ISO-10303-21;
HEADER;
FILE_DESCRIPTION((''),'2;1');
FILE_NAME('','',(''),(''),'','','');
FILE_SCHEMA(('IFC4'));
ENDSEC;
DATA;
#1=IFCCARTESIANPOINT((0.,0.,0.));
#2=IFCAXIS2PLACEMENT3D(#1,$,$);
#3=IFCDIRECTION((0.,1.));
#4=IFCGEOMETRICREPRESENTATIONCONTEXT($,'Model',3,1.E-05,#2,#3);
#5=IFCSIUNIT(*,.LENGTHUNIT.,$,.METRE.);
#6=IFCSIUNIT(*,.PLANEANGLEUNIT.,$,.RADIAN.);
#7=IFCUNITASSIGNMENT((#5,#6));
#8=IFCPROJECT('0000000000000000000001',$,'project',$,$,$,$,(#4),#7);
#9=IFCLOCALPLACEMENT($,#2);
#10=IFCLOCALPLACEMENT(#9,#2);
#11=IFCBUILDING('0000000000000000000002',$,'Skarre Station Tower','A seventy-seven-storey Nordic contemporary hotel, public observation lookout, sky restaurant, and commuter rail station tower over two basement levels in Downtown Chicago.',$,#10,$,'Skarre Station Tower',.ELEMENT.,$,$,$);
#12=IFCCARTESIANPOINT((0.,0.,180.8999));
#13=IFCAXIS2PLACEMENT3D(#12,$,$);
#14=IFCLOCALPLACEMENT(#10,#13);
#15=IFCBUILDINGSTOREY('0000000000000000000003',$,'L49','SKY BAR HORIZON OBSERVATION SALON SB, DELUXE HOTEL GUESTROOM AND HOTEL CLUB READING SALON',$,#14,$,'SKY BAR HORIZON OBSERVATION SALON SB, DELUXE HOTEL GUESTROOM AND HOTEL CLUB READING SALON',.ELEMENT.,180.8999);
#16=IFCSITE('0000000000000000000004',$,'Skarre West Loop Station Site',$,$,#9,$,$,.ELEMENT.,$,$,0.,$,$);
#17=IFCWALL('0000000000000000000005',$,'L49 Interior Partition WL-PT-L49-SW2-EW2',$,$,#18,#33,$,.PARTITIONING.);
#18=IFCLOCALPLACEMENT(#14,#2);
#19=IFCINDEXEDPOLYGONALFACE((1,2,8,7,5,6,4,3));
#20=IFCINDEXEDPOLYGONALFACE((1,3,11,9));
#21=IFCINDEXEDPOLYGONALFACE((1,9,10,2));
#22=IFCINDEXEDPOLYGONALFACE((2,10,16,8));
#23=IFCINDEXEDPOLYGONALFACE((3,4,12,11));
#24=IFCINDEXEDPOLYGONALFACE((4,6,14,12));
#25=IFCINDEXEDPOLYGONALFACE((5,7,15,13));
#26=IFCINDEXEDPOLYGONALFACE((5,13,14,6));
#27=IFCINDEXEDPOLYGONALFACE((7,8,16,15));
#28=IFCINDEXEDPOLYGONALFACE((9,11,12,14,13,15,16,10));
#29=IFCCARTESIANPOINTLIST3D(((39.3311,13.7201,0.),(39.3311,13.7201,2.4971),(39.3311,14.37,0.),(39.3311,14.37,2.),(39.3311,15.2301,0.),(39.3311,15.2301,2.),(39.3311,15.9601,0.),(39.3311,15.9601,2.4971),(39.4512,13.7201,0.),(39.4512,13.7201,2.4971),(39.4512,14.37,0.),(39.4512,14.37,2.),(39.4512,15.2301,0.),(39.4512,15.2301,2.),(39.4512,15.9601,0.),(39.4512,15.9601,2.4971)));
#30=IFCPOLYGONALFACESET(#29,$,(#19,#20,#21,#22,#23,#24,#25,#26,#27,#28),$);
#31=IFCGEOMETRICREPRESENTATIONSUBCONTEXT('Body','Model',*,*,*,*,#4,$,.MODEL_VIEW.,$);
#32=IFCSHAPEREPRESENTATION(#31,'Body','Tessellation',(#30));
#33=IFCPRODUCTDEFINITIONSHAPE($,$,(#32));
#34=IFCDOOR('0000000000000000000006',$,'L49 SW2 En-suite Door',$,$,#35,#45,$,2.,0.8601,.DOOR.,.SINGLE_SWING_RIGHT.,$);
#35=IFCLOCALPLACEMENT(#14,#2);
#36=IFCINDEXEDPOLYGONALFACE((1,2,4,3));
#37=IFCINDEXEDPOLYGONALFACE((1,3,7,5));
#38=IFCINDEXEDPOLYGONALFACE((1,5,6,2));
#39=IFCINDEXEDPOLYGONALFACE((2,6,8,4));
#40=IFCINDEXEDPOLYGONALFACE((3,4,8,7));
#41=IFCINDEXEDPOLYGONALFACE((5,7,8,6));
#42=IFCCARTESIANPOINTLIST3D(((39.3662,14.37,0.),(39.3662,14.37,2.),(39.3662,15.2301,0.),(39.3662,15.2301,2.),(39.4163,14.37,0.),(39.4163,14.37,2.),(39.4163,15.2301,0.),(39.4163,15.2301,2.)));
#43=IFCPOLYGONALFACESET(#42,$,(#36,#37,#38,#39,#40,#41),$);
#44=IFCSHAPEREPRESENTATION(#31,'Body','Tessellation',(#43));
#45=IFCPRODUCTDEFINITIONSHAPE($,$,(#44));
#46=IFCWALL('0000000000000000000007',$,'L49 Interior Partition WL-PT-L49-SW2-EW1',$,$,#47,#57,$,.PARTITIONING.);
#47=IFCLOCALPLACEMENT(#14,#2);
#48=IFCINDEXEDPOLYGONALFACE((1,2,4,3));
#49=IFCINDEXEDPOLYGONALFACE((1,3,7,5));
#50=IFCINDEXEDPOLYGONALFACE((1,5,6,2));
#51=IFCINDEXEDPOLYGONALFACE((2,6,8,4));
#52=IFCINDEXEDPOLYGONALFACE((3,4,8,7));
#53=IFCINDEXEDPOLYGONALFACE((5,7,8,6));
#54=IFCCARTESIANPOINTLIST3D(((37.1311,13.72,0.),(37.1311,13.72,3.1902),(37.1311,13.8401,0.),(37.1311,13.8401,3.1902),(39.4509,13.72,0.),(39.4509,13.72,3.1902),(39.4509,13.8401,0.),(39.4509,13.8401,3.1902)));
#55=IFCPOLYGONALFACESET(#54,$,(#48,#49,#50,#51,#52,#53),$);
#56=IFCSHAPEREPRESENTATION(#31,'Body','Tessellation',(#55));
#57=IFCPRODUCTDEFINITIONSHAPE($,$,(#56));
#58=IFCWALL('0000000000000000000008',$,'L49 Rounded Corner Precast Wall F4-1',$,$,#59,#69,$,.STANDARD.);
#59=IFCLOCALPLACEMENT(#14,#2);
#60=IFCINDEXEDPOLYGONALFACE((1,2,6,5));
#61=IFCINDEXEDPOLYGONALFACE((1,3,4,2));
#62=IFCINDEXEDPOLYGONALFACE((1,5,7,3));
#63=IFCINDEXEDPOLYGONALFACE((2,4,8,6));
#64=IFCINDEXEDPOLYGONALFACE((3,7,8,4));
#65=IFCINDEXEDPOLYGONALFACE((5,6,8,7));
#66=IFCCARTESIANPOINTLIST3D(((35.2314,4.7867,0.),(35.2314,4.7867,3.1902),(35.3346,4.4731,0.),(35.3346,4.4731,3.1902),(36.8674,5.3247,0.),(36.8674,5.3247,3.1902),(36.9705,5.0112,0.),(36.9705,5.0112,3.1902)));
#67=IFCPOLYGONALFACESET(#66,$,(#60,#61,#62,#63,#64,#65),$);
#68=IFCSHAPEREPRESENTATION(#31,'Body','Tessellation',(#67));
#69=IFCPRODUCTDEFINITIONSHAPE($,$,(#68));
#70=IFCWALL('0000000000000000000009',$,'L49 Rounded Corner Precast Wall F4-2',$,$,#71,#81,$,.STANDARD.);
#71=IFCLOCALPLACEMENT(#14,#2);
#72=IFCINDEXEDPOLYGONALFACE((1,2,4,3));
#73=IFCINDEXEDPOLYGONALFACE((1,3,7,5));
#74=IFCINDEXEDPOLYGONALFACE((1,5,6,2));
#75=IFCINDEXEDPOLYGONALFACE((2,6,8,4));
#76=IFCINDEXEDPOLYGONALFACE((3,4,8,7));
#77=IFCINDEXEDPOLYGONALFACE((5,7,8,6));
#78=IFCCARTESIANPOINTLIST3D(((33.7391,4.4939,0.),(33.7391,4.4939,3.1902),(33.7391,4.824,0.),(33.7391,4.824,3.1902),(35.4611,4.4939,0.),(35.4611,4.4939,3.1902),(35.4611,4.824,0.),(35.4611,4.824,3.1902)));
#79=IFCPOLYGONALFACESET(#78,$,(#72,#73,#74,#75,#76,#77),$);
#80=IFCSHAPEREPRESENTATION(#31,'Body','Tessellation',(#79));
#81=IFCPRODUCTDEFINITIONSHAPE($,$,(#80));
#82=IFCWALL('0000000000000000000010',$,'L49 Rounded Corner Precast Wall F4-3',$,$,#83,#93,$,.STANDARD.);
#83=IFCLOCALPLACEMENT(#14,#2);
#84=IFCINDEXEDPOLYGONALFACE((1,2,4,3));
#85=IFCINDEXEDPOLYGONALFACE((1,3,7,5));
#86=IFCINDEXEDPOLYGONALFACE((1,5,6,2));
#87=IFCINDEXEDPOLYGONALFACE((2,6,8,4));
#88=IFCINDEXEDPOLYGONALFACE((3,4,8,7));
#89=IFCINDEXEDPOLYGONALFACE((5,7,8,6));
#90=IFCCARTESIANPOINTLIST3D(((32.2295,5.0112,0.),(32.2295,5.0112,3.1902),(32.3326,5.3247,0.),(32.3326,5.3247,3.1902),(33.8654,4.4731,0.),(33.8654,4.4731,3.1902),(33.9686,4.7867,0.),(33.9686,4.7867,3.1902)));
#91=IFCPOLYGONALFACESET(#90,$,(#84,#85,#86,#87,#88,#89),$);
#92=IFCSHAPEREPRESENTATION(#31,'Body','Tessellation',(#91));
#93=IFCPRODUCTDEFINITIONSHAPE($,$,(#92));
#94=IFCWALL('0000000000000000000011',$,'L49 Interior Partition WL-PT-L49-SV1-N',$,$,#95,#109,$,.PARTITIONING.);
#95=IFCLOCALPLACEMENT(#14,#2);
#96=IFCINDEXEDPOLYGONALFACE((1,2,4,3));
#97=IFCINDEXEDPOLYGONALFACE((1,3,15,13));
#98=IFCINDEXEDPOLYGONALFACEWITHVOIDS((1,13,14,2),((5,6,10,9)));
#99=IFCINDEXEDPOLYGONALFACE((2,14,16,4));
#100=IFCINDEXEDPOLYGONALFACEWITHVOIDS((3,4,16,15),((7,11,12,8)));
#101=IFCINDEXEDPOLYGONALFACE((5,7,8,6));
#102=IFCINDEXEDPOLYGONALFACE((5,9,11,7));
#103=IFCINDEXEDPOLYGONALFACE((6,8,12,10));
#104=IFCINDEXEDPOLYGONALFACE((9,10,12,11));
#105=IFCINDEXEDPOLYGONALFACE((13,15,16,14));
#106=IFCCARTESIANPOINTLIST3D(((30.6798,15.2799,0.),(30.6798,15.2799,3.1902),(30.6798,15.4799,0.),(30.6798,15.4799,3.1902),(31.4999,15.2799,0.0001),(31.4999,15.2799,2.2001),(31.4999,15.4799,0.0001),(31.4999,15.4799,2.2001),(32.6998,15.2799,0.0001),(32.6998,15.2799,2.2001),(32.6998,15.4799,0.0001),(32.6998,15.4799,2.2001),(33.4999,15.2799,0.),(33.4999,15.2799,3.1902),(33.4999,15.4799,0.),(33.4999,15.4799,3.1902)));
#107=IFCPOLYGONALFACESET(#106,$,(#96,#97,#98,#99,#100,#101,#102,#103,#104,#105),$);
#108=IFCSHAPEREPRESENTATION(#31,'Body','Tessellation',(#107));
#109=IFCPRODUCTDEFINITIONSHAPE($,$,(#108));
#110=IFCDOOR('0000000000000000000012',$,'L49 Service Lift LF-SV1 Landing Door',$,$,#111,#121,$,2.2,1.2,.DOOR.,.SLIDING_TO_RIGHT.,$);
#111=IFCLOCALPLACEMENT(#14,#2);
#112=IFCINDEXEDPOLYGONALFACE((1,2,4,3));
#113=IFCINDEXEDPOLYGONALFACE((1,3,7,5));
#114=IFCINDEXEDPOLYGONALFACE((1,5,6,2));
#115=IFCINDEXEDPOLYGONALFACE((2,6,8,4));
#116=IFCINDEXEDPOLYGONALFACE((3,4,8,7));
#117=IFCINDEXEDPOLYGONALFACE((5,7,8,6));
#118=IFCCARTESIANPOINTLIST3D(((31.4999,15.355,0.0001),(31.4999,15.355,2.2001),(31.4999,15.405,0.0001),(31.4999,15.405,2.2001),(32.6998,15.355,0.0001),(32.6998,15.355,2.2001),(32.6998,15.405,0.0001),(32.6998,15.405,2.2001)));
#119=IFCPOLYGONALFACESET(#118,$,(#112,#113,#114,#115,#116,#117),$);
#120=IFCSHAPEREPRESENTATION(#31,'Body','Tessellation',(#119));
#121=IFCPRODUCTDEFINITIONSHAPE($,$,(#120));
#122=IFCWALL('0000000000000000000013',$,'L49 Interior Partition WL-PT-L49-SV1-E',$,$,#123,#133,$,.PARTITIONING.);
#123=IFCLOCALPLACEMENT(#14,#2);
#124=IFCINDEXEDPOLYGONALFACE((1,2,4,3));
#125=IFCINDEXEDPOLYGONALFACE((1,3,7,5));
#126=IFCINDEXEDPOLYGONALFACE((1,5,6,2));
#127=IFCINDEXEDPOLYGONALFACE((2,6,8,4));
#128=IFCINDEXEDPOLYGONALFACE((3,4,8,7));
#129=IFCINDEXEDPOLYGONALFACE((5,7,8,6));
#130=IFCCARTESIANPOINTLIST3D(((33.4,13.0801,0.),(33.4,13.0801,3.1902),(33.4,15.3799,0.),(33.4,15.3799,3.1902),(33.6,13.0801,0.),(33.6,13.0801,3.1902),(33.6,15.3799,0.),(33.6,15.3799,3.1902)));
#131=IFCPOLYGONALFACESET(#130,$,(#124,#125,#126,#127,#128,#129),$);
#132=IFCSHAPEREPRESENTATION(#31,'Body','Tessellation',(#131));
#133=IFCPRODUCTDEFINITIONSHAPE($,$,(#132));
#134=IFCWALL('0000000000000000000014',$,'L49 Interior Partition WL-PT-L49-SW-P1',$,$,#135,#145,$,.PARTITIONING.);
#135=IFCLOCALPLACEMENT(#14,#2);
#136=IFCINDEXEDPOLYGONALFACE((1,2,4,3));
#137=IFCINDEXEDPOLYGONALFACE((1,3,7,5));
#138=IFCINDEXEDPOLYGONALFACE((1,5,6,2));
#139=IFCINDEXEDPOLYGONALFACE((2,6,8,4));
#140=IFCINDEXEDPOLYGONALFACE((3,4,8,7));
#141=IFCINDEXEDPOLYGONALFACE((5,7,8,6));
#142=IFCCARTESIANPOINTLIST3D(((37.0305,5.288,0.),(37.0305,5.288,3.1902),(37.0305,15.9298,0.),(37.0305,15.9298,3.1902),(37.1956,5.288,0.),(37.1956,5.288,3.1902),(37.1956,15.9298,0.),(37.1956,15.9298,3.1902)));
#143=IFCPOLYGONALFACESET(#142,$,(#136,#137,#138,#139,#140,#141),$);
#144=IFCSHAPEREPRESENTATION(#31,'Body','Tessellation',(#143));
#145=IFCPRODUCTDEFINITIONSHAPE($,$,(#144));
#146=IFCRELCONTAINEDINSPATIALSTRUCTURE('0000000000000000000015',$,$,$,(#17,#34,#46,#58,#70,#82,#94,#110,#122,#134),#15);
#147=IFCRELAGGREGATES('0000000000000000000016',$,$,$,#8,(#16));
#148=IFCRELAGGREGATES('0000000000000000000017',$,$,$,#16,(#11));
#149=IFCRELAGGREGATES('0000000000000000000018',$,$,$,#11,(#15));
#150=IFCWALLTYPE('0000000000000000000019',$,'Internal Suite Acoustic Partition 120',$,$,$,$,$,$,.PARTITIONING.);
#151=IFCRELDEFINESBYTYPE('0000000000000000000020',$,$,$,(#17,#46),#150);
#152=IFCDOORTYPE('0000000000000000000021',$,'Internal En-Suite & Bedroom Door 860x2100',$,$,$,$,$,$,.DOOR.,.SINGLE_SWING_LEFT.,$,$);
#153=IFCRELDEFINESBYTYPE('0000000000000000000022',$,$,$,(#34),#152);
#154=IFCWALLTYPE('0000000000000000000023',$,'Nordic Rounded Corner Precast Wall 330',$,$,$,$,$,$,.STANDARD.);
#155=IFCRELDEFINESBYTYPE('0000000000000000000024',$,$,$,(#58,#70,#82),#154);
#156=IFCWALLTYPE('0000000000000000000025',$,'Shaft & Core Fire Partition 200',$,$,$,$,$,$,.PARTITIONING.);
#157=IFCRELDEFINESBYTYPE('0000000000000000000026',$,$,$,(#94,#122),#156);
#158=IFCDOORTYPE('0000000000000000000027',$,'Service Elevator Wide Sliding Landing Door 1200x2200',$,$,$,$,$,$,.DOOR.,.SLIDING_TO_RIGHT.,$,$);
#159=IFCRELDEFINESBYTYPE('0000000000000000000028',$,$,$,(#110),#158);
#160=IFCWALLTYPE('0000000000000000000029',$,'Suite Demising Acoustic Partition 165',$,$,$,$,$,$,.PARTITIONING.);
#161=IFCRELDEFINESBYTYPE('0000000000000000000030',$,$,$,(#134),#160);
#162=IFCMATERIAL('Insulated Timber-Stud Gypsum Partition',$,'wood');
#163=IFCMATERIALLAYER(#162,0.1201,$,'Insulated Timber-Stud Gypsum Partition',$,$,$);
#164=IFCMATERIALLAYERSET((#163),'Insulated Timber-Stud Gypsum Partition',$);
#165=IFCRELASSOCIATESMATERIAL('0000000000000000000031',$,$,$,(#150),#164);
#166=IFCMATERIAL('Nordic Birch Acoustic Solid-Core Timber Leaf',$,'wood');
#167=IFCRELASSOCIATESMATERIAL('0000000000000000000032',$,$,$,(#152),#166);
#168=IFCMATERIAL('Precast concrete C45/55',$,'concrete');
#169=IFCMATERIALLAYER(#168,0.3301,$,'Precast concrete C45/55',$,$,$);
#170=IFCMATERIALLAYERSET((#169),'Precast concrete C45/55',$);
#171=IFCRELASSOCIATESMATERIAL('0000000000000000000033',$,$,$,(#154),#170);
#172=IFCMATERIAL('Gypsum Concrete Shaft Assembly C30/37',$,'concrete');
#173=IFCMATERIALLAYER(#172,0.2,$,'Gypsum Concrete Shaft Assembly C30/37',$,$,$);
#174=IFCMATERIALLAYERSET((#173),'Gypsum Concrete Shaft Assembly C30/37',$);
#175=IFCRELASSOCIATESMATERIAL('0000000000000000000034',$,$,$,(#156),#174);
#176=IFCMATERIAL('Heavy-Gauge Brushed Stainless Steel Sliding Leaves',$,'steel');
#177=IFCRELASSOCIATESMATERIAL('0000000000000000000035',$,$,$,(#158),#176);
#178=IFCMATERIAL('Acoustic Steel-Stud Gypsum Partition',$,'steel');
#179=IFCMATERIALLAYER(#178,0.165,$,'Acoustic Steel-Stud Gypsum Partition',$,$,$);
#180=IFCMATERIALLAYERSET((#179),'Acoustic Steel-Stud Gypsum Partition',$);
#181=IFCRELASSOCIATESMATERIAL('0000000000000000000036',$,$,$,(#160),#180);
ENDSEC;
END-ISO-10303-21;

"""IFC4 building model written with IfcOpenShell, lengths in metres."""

from ifc_helpers import new_model, si_unit, direction, frame, frame_2d, origin, place, context, subcontext, project, spatial, rectangle, extrude, material, layer, layer_set, type_object, element, fill, save


model = new_model("IFC4")

# Units and contexts
model_context = context("Model", 3, precision=1e-05, world=origin(), true_north=direction((0.0, 1.0)))
body_context = subcontext(model_context, "Body", "Model", "MODEL_VIEW")
ifc_project = project(units=[si_unit("LENGTHUNIT", "METRE"), si_unit("PLANEANGLEUNIT", "RADIAN")], contexts=[model_context])

# Site, building, storey
site_placement = place(None, origin())
site = spatial("IfcSite", under=ifc_project, at=site_placement, Name="Skarre West Loop Station Site", CompositionType="ELEMENT", RefElevation=0.0)
building_placement = place(site_placement, origin())
building = spatial("IfcBuilding", under=site, at=building_placement, Name="Skarre Station Tower", Description="A seventy-seven-storey Nordic contemporary hotel, public observation lookout, sky restaurant, and commuter rail station tower over two basement levels in Downtown Chicago.", LongName="Skarre Station Tower", CompositionType="ELEMENT")
storey_placement = place(building_placement, frame((0.0, 0.0, 180.8999)))
storey = spatial("IfcBuildingStorey", under=building, at=storey_placement, Name="L49", Description="SKY BAR HORIZON OBSERVATION SALON SB, DELUXE HOTEL GUESTROOM AND HOTEL CLUB READING SALON", LongName="SKY BAR HORIZON OBSERVATION SALON SB, DELUXE HOTEL GUESTROOM AND HOTEL CLUB READING SALON", CompositionType="ELEMENT", Elevation=180.8999)

# Wall, opening, door
ifc_material_1 = material(Name="Acoustic Steel-Stud Gypsum Partition", Category="steel")
ifc_material_2 = material(Name="Insulated Timber-Stud Gypsum Partition", Category="wood")
ifc_layer_1 = layer(ifc_material_2, 0.1201, Name="Insulated Timber-Stud Gypsum Partition")
ifc_layer_set_1 = layer_set([ifc_layer_1], Name="Insulated Timber-Stud Gypsum Partition")
wall_type_1 = type_object("IfcWallType", Name="Internal Suite Acoustic Partition 120", PredefinedType="PARTITIONING", material=ifc_layer_set_1)
wall_1_placement = place(storey_placement, frame((39.3911, 13.72, 0.0), z_axis=(0.0, 0.0, 1.0), x_axis=(0.0, 1.0, 0.0)))
wall_1 = element("IfcWall", 1, at=wall_1_placement, inside=storey, type_object=wall_type_1, Name="L49 Interior Partition WL-PT-L49-SW2-EW2", PredefinedType="PARTITIONING", context=body_context, shape_type="SweptSolid", body=[
    extrude(rectangle(XDim=2.24, YDim=0.1201, at=frame_2d((1.1201, 0.0))), origin(), (0.0, 0.0, 1.0), 2.4971),
])
opening_1_placement = place(wall_1_placement, frame((0.6499, 0.0, 0.0)))
opening_1 = element("IfcOpeningElement", 2, at=opening_1_placement, cuts=wall_1, PredefinedType="OPENING", context=body_context, shape_type="SweptSolid", body=[
    extrude(rectangle(XDim=0.8601, YDim=2.0, at=frame_2d((0.4302, 1.0))), frame((0.0, 0.0701, 0.0), z_axis=(0.0, -1.0, 0.0), x_axis=(1.0, 0.0, 0.0)), (0.0, 0.0, 1.0), 0.1401),
])
ifc_material_3 = material(Name="Nordic Birch Acoustic Solid-Core Timber Leaf", Category="wood")
door_type_1 = type_object("IfcDoorType", Name="Internal En-Suite & Bedroom Door 860x2100", OperationType="SINGLE_SWING_LEFT", PredefinedType="DOOR", material=ifc_material_3)
door_1_placement = place(opening_1_placement, origin())
door_1 = element("IfcDoor", 3, at=door_1_placement, inside=storey, type_object=door_type_1, Name="L49 SW2 En-suite Door", OperationType="SINGLE_SWING_RIGHT", OverallHeight=2.0, OverallWidth=0.8601, PredefinedType="DOOR", context=body_context, shape_type="SweptSolid", body=[
    extrude(rectangle(XDim=0.8601, YDim=2.0, at=frame_2d((0.4302, 1.0))), frame((0.0, 0.0249, 0.0), z_axis=(0.0, -1.0, 0.0), x_axis=(1.0, 0.0, 0.0)), (0.0, 0.0, 1.0), 0.05),
])
fill(opening_1, door_1)

# Walls
wall_2_placement = place(storey_placement, frame((37.1311, 13.78, 0.0), z_axis=(0.0, 0.0, 1.0), x_axis=(1.0, 0.0, 0.0)))
element("IfcWall", 4, at=wall_2_placement, inside=storey, type_object=wall_type_1, Name="L49 Interior Partition WL-PT-L49-SW2-EW1", PredefinedType="PARTITIONING", context=body_context, shape_type="SweptSolid", body=[
    extrude(rectangle(XDim=2.3198, YDim=0.1201, at=frame_2d((1.1599, 0.0))), origin(), (0.0, 0.0, 1.0), 3.1902),
])
ifc_material_4 = material(Name="Precast concrete C45/55", Category="concrete")
ifc_layer_2 = layer(ifc_material_4, 0.3301, Name="Precast concrete C45/55")
ifc_layer_set_2 = layer_set([ifc_layer_2], Name="Precast concrete C45/55")
wall_type_2 = type_object("IfcWallType", Name="Nordic Rounded Corner Precast Wall 330", PredefinedType="STANDARD", material=ifc_layer_set_2)
wall_3_placement = place(storey_placement, frame((36.9189, 5.168, 0.0), z_axis=(0.0, 0.0, 1.0), x_axis=(-0.949937, -0.31244, 0.0)))
element("IfcWall", 5, at=wall_3_placement, inside=storey, type_object=wall_type_2, Name="L49 Rounded Corner Precast Wall F4-1", PredefinedType="STANDARD", context=body_context, shape_type="SweptSolid", body=[
    extrude(rectangle(XDim=1.7222, YDim=0.3301, at=frame_2d((0.8611, 0.0))), origin(), (0.0, 0.0, 1.0), 3.1902),
])
wall_4_placement = place(storey_placement, frame((35.4609, 4.6589, 0.0), z_axis=(0.0, 0.0, 1.0), x_axis=(-1.0, 0.0, 0.0)))
element("IfcWall", 6, at=wall_4_placement, inside=storey, type_object=wall_type_2, Name="L49 Rounded Corner Precast Wall F4-2", PredefinedType="STANDARD", context=body_context, shape_type="SweptSolid", body=[
    extrude(rectangle(XDim=1.7219, YDim=0.3301, at=frame_2d((0.8608, 0.0))), origin(), (0.0, 0.0, 1.0), 3.1902),
])
wall_5_placement = place(storey_placement, frame((33.917, 4.6299, 0.0), z_axis=(0.0, 0.0, 1.0), x_axis=(-0.949937, 0.31244, 0.0)))
element("IfcWall", 7, at=wall_5_placement, inside=storey, type_object=wall_type_2, Name="L49 Rounded Corner Precast Wall F4-3", PredefinedType="STANDARD", context=body_context, shape_type="SweptSolid", body=[
    extrude(rectangle(XDim=1.7222, YDim=0.3301, at=frame_2d((0.8611, 0.0))), origin(), (0.0, 0.0, 1.0), 3.1902),
])

# Wall, opening, door
ifc_material_5 = material(Name="Gypsum Concrete Shaft Assembly C30/37", Category="concrete")
ifc_layer_3 = layer(ifc_material_5, 0.2, Name="Gypsum Concrete Shaft Assembly C30/37")
ifc_layer_set_3 = layer_set([ifc_layer_3], Name="Gypsum Concrete Shaft Assembly C30/37")
wall_type_3 = type_object("IfcWallType", Name="Shaft & Core Fire Partition 200", PredefinedType="PARTITIONING", material=ifc_layer_set_3)
wall_6_placement = place(storey_placement, frame((33.5, 15.3799, 0.0), z_axis=(0.0, 0.0, 1.0), x_axis=(-1.0, 0.0, 0.0)))
wall_6 = element("IfcWall", 8, at=wall_6_placement, inside=storey, type_object=wall_type_3, Name="L49 Interior Partition WL-PT-L49-SV1-N", PredefinedType="PARTITIONING", context=body_context, shape_type="SweptSolid", body=[
    extrude(rectangle(XDim=2.8201, YDim=0.2, at=frame_2d((1.4102, 0.0))), origin(), (0.0, 0.0, 1.0), 3.1902),
])
opening_2_placement = place(wall_6_placement, frame((0.8, 0.0, 0.0)))
opening_2 = element("IfcOpeningElement", 9, at=opening_2_placement, cuts=wall_6, PredefinedType="OPENING", context=body_context, shape_type="SweptSolid", body=[
    extrude(rectangle(XDim=1.2, YDim=2.2, at=frame_2d((0.6001, 1.1001))), frame((0.0, 0.1099, 0.0), z_axis=(0.0, -1.0, 0.0), x_axis=(1.0, 0.0, 0.0)), (0.0, 0.0, 1.0), 0.22),
])
ifc_material_6 = material(Name="Heavy-Gauge Brushed Stainless Steel Sliding Leaves", Category="steel")
door_type_2 = type_object("IfcDoorType", Name="Service Elevator Wide Sliding Landing Door 1200x2200", OperationType="SLIDING_TO_RIGHT", PredefinedType="DOOR", material=ifc_material_6)
door_2_placement = place(opening_2_placement, origin())
door_2 = element("IfcDoor", 10, at=door_2_placement, inside=storey, type_object=door_type_2, Name="L49 Service Lift LF-SV1 Landing Door", OperationType="SLIDING_TO_RIGHT", OverallHeight=2.2, OverallWidth=1.2, PredefinedType="DOOR", context=body_context, shape_type="SweptSolid", body=[
    extrude(rectangle(XDim=1.2, YDim=2.2, at=frame_2d((0.6001, 1.1001))), frame((0.0, 0.0249, 0.0), z_axis=(0.0, -1.0, 0.0), x_axis=(1.0, 0.0, 0.0)), (0.0, 0.0, 1.0), 0.05),
])
fill(opening_2, door_2)

# Walls
wall_7_placement = place(storey_placement, frame((33.5, 13.0801, 0.0), z_axis=(0.0, 0.0, 1.0), x_axis=(0.0, 1.0, 0.0)))
element("IfcWall", 11, at=wall_7_placement, inside=storey, type_object=wall_type_3, Name="L49 Interior Partition WL-PT-L49-SV1-E", PredefinedType="PARTITIONING", context=body_context, shape_type="SweptSolid", body=[
    extrude(rectangle(XDim=2.2998, YDim=0.2, at=frame_2d((1.1499, 0.0))), origin(), (0.0, 0.0, 1.0), 3.1902),
])
ifc_layer_4 = layer(ifc_material_1, 0.165, Name="Acoustic Steel-Stud Gypsum Partition")
ifc_layer_set_4 = layer_set([ifc_layer_4], Name="Acoustic Steel-Stud Gypsum Partition")
wall_type_4 = type_object("IfcWallType", Name="Suite Demising Acoustic Partition 165", PredefinedType="PARTITIONING", material=ifc_layer_set_4)
wall_8_placement = place(storey_placement, frame((37.113, 5.2881, 0.0), z_axis=(0.0, 0.0, 1.0), x_axis=(0.0, 1.0, 0.0)))
element("IfcWall", 12, at=wall_8_placement, inside=storey, type_object=wall_type_4, Name="L49 Interior Partition WL-PT-L49-SW-P1", PredefinedType="PARTITIONING", context=body_context, shape_type="SweptSolid", body=[
    extrude(rectangle(XDim=10.6418, YDim=0.165, at=frame_2d((5.3208, 0.0))), origin(), (0.0, 0.0, 1.0), 3.1902),
])

save(model, "model.ifc")
